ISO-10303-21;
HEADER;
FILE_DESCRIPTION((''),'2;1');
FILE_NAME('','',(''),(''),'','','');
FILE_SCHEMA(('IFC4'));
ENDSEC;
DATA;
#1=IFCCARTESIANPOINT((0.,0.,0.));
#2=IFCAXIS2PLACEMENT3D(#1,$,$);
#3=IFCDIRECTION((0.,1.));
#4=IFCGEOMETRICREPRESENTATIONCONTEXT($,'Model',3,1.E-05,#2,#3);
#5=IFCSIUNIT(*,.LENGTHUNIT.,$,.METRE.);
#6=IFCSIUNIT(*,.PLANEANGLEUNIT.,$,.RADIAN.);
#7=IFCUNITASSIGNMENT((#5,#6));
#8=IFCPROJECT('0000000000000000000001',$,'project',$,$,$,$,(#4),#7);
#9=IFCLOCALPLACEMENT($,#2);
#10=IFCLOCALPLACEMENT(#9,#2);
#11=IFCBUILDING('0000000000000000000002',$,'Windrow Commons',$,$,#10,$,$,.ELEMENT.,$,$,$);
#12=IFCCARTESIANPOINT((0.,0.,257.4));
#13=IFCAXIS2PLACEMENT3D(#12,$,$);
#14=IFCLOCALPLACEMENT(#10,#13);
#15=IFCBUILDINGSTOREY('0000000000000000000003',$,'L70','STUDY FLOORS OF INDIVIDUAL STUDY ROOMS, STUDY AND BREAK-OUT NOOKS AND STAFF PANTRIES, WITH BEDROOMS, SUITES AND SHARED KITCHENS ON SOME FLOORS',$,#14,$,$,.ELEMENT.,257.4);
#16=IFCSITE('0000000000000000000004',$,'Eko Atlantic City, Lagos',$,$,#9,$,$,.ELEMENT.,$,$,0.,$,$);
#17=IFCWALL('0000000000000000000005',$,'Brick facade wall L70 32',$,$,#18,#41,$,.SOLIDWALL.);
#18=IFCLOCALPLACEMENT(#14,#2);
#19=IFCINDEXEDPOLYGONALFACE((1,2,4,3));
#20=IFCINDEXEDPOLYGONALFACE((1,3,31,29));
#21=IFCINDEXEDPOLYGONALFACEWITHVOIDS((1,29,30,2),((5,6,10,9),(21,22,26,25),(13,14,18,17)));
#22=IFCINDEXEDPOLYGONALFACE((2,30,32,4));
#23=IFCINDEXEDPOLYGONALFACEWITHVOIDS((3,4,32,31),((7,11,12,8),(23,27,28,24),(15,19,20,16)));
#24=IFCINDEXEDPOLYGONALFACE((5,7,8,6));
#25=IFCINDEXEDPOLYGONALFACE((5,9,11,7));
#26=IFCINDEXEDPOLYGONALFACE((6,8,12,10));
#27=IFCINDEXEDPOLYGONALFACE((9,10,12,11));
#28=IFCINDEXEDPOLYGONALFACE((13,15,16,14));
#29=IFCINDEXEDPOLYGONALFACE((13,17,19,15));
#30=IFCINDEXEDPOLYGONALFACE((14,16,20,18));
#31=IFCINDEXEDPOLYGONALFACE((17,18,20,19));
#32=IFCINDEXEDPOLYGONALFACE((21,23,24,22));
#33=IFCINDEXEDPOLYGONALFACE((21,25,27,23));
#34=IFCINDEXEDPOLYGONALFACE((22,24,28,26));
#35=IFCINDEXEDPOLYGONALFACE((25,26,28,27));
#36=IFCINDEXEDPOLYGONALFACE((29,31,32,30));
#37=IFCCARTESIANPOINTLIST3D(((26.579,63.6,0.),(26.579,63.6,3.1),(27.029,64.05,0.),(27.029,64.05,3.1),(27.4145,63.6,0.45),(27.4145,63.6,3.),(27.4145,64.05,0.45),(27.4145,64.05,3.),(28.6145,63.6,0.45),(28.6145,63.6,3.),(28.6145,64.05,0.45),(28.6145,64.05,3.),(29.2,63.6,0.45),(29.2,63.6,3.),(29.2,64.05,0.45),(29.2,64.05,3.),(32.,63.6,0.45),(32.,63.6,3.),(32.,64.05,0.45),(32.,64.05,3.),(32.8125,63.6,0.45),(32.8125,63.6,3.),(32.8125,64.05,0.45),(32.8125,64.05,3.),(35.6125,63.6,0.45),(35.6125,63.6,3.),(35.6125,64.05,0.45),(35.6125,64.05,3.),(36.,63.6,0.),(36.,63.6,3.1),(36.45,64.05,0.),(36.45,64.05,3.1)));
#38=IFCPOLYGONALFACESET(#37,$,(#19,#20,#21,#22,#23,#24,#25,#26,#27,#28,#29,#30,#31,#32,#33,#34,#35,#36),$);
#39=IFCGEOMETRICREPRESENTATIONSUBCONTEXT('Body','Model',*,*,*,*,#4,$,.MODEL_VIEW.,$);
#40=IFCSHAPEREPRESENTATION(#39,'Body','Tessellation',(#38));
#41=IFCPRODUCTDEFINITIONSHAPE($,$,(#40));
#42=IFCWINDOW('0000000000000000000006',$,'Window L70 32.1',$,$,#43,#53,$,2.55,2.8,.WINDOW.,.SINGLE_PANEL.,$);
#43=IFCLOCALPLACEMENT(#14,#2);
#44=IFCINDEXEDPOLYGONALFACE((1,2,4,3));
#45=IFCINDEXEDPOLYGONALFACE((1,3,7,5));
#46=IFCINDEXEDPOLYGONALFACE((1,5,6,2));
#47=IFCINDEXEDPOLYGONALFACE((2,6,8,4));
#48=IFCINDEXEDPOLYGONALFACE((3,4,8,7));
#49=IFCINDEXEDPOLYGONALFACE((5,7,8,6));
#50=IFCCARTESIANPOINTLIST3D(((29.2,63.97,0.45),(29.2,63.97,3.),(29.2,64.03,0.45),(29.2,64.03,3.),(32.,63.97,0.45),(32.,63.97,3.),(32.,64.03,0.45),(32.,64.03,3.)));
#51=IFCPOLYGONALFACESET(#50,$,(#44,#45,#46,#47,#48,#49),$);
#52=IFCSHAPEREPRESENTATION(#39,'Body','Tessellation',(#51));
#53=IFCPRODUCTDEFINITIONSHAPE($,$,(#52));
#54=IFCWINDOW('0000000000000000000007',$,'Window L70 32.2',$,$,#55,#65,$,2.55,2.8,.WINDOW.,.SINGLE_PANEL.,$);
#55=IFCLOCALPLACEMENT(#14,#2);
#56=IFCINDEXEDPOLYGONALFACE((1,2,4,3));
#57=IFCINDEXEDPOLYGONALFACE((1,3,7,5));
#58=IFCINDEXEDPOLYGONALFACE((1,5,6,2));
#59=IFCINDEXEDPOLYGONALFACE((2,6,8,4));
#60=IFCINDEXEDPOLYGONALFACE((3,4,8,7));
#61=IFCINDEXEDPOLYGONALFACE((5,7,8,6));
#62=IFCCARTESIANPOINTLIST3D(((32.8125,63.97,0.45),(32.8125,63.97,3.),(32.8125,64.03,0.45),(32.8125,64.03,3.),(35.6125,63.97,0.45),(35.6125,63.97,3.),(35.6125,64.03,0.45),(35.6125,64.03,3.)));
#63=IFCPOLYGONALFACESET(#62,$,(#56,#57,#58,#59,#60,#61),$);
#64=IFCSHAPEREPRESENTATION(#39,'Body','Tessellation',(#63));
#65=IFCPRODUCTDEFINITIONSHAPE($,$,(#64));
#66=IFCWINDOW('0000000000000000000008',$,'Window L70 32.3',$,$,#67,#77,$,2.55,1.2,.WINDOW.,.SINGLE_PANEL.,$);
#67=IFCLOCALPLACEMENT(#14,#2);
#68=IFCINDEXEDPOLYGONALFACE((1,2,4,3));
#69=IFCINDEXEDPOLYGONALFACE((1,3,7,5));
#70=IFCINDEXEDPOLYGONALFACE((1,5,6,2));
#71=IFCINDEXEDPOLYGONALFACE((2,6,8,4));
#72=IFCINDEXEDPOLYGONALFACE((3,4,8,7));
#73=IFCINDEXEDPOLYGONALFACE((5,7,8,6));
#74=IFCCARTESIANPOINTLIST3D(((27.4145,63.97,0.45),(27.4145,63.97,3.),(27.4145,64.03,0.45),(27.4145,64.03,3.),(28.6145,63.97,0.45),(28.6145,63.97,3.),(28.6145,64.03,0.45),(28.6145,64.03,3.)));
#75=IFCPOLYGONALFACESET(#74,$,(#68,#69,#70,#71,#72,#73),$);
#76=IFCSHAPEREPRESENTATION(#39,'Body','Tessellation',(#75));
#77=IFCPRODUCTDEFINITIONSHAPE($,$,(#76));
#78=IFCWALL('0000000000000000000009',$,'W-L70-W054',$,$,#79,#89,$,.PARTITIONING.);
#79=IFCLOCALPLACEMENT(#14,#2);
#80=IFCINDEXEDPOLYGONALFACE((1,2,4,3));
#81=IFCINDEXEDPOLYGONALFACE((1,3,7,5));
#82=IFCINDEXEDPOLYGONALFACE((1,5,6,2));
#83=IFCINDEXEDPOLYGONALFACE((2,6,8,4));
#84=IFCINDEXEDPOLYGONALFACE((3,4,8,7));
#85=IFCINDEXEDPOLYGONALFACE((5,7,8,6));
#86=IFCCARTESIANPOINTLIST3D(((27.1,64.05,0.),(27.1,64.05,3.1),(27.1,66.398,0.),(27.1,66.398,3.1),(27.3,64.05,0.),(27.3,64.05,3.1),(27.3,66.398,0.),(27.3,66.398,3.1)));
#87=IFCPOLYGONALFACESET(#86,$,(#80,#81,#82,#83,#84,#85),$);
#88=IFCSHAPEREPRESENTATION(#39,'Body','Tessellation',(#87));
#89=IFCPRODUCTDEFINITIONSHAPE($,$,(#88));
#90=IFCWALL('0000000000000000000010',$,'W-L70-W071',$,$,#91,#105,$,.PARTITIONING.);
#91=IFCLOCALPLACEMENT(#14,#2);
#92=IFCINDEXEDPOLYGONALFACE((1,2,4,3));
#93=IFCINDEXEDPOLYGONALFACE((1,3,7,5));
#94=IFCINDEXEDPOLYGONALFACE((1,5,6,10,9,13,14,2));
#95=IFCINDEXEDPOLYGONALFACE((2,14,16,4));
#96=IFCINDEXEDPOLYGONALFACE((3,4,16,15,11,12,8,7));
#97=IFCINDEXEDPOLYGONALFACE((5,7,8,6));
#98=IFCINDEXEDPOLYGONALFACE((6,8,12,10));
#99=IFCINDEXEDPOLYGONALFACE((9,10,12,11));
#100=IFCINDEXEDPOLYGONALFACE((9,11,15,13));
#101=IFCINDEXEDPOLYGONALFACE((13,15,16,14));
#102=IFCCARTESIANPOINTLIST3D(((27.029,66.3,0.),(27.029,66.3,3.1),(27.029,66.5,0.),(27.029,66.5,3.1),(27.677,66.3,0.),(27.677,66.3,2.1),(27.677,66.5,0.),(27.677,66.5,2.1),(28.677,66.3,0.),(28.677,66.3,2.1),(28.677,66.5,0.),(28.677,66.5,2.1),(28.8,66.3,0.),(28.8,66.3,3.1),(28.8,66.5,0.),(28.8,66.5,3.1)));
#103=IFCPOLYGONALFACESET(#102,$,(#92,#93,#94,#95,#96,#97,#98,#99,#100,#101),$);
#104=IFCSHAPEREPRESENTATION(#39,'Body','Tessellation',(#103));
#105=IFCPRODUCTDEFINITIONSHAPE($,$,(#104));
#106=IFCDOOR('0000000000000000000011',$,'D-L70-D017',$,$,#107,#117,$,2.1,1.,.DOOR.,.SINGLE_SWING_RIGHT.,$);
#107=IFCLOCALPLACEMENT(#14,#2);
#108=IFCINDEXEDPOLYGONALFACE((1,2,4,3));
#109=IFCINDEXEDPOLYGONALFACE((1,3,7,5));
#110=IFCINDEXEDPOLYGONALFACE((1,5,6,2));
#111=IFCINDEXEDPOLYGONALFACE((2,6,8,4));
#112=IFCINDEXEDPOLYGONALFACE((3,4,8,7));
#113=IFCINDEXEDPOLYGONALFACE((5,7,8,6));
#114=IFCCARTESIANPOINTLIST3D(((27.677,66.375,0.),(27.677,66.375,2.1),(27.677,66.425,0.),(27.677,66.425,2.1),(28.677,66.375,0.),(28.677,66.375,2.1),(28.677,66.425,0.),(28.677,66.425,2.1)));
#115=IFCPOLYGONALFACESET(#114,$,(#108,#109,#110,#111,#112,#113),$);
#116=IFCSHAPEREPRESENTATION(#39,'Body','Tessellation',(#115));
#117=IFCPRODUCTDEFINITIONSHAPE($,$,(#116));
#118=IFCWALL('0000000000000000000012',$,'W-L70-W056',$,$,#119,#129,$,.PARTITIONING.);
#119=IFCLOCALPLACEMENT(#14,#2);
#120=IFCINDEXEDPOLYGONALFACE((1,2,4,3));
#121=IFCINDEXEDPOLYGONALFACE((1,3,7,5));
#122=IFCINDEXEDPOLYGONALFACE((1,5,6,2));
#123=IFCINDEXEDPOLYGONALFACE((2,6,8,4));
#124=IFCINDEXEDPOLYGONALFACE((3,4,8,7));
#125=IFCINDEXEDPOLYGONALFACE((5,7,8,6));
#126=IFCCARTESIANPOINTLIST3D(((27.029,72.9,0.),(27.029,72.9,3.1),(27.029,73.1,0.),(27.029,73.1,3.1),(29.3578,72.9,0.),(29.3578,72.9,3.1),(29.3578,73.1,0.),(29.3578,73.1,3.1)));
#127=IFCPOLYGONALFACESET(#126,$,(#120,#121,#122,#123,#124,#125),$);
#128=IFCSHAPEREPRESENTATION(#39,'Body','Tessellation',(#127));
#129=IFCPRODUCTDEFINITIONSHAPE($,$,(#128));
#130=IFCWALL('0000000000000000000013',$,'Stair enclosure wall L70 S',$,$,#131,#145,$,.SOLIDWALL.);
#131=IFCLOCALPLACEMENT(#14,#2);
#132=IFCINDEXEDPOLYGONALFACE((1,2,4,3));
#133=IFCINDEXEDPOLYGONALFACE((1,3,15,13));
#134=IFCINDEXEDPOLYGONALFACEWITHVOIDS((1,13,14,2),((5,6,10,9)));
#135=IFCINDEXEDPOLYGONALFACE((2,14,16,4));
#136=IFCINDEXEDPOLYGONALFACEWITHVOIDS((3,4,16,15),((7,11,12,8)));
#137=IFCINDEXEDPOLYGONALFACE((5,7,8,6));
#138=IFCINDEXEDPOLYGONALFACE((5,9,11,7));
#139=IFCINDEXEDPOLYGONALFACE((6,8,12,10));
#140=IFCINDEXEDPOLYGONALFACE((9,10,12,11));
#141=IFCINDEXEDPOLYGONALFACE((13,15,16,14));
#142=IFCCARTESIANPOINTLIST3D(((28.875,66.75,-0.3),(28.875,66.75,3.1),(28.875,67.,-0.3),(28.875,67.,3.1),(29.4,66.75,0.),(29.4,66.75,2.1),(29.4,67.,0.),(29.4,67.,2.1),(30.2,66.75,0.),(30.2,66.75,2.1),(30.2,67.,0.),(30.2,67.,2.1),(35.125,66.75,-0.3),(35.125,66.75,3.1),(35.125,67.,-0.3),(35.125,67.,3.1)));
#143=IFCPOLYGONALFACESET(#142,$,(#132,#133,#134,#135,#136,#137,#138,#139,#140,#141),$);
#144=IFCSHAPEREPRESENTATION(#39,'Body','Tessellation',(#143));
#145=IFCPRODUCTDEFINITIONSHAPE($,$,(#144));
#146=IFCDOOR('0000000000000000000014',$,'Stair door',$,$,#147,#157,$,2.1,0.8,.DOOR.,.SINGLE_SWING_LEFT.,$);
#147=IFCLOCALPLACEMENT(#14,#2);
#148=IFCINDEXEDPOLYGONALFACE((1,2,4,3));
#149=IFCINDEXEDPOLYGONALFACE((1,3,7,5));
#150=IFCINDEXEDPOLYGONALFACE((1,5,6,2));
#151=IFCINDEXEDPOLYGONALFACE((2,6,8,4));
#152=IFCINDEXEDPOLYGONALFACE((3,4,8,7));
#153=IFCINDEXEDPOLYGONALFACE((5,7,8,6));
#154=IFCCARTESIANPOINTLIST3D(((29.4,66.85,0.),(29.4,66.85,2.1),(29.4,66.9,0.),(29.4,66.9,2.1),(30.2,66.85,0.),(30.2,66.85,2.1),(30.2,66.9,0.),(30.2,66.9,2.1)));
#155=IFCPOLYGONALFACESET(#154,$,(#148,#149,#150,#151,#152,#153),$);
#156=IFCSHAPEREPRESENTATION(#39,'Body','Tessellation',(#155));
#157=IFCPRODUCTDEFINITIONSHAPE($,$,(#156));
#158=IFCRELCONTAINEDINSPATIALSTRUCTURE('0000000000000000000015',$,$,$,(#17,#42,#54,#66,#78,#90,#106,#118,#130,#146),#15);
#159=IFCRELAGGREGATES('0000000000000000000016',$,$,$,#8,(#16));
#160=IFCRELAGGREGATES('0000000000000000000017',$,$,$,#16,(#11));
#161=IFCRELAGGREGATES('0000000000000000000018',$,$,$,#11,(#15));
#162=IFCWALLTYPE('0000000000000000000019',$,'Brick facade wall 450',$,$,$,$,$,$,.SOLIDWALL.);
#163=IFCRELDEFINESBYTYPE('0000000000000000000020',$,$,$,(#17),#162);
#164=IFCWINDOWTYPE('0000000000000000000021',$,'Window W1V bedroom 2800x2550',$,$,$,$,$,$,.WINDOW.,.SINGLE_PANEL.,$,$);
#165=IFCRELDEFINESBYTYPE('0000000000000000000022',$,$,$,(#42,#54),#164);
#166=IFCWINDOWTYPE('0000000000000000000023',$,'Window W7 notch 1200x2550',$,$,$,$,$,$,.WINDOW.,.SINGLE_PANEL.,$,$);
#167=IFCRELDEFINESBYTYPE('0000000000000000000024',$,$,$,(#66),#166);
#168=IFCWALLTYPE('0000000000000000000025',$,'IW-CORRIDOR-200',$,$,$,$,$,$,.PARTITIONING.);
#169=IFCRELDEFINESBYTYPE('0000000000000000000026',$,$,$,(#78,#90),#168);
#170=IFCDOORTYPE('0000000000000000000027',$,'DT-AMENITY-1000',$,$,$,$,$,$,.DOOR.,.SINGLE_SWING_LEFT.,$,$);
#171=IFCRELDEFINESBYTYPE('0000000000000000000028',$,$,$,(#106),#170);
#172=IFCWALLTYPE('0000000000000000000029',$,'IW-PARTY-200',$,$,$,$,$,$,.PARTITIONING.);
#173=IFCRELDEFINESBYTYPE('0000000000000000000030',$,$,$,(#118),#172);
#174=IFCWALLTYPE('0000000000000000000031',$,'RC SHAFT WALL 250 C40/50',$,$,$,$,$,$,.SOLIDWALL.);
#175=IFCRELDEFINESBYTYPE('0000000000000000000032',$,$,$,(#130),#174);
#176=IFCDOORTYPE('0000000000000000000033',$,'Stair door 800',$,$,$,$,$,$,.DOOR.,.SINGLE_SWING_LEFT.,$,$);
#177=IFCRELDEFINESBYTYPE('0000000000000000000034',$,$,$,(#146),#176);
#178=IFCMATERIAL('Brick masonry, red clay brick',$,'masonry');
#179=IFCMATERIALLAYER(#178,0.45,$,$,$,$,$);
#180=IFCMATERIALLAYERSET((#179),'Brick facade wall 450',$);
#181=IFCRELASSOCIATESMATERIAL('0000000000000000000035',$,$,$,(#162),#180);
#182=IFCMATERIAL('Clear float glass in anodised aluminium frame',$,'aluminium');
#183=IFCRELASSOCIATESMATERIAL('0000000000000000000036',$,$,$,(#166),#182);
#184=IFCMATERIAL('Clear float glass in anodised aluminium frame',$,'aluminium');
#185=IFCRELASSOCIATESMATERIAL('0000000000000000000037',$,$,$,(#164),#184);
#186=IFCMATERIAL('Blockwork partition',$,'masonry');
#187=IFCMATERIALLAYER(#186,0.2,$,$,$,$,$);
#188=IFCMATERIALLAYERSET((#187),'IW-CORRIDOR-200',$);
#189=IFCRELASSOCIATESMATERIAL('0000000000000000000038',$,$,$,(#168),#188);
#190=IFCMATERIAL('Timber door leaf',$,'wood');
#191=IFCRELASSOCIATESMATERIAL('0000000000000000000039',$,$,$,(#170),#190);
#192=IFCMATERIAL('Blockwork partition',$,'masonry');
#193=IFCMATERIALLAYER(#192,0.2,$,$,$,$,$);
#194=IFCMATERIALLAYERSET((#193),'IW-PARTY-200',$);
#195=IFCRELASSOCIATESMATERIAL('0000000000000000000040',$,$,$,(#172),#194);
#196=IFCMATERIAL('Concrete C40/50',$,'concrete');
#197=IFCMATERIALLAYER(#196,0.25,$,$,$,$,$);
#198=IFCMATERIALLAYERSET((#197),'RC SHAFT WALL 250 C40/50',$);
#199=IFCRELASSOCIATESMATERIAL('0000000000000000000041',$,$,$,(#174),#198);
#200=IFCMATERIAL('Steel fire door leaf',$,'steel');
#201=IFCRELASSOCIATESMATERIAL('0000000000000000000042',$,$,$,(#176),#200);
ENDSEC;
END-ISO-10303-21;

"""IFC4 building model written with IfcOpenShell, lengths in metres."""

from ifc_helpers import new_model, si_unit, direction, frame, frame_2d, origin, place, context, subcontext, project, spatial, polyline, rectangle, outline, extrude, material, layer, layer_set, type_object, element, fill, save


model = new_model("IFC4")

# Units and contexts
model_context = context("Model", 3, precision=1e-05, world=origin(), true_north=direction((0.0, 1.0)))
body_context = subcontext(model_context, "Body", "Model", "MODEL_VIEW")
ifc_project = project(units=[si_unit("LENGTHUNIT", "METRE"), si_unit("PLANEANGLEUNIT", "RADIAN")], contexts=[model_context])

# Site, building, storey
site_placement = place(None, origin())
site = spatial("IfcSite", under=ifc_project, at=site_placement, Name="Eko Atlantic City, Lagos", CompositionType="ELEMENT", RefElevation=0.0)
building_placement = place(site_placement, origin())
building = spatial("IfcBuilding", under=site, at=building_placement, Name="Windrow Commons", CompositionType="ELEMENT")
storey_placement = place(building_placement, frame((0.0, 0.0, 257.4)))
storey = spatial("IfcBuildingStorey", under=building, at=storey_placement, Name="L70", Description="STUDY FLOORS OF INDIVIDUAL STUDY ROOMS, STUDY AND BREAK-OUT NOOKS AND STAFF PANTRIES, WITH BEDROOMS, SUITES AND SHARED KITCHENS ON SOME FLOORS", CompositionType="ELEMENT", Elevation=257.4)

# Shared definitions
ifc_material_1 = material(Name="Brick masonry, red clay brick", Category="masonry")
ifc_layer_1 = layer(ifc_material_1, 0.45)
ifc_layer_set_1 = layer_set([ifc_layer_1], Name="Brick facade wall 450")
wall_type_1 = type_object("IfcWallType", Name="Brick facade wall 450", PredefinedType="SOLIDWALL", material=ifc_layer_set_1)
ifc_material_2 = material(Name="Clear float glass in anodised aluminium frame", Category="aluminium")
window_type_1 = type_object("IfcWindowType", Name="Window W7 notch 1200x2550", PartitioningType="SINGLE_PANEL", PredefinedType="WINDOW", material=ifc_material_2)

# Wall, openings, windows
ifc_material_3 = material(Name="Clear float glass in anodised aluminium frame", Category="aluminium")
window_type_2 = type_object("IfcWindowType", Name="Window W1V bedroom 2800x2550", PartitioningType="SINGLE_PANEL", PredefinedType="WINDOW", material=ifc_material_3)
wall_1_placement = place(storey_placement, frame((26.804, 63.825, 0.0), z_axis=(0.0, 0.0, 1.0), x_axis=(1.0, 0.0, 0.0)))
wall_1 = element("IfcWall", 1, at=wall_1_placement, inside=storey, type_object=wall_type_1, Name="Brick facade wall L70 32", PredefinedType="SOLIDWALL", context=body_context, shape_type="SweptSolid", body=[
    extrude(outline(polyline([(-0.225, -0.225), (9.196, -0.225), (9.646, 0.225), (0.225, 0.225), (-0.225, -0.225)])), origin(), (0.0, 0.0, 1.0), 3.1),
])
opening_1_placement = place(wall_1_placement, frame((2.396, 0.0, 0.45)))
opening_1 = element("IfcOpeningElement", 2, at=opening_1_placement, cuts=wall_1, PredefinedType="OPENING", context=body_context, shape_type="SweptSolid", body=[
    extrude(rectangle(XDim=2.8, YDim=2.55, at=frame_2d((1.4, 1.275))), frame((0.0, 0.235, 0.0), z_axis=(0.0, -1.0, 0.0), x_axis=(1.0, 0.0, 0.0)), (0.0, 0.0, 1.0), 0.47),
])
opening_2_placement = place(wall_1_placement, frame((6.0085, 0.0, 0.45)))
opening_2 = element("IfcOpeningElement", 3, at=opening_2_placement, cuts=wall_1, PredefinedType="OPENING", context=body_context, shape_type="SweptSolid", body=[
    extrude(rectangle(XDim=2.8, YDim=2.55, at=frame_2d((1.4, 1.275))), frame((0.0, 0.235, 0.0), z_axis=(0.0, -1.0, 0.0), x_axis=(1.0, 0.0, 0.0)), (0.0, 0.0, 1.0), 0.47),
])
opening_3_placement = place(wall_1_placement, frame((0.6105, 0.0, 0.45)))
opening_3 = element("IfcOpeningElement", 4, at=opening_3_placement, cuts=wall_1, PredefinedType="OPENING", context=body_context, shape_type="SweptSolid", body=[
    extrude(rectangle(XDim=1.2, YDim=2.55, at=frame_2d((0.6, 1.275))), frame((0.0, 0.235, 0.0), z_axis=(0.0, -1.0, 0.0), x_axis=(1.0, 0.0, 0.0)), (0.0, 0.0, 1.0), 0.47),
])
window_1_placement = place(opening_1_placement, origin())
window_1 = element("IfcWindow", 5, at=window_1_placement, inside=storey, type_object=window_type_2, Name="Window L70 32.1", OverallHeight=2.55, OverallWidth=2.8, PartitioningType="SINGLE_PANEL", PredefinedType="WINDOW", context=body_context, shape_type="SweptSolid", body=[
    extrude(rectangle(XDim=2.8, YDim=2.55, at=frame_2d((1.4, 1.275))), frame((0.0, 0.205, 0.0), z_axis=(0.0, -1.0, 0.0), x_axis=(1.0, 0.0, 0.0)), (0.0, 0.0, 1.0), 0.06),
])
fill(opening_1, window_1)
window_2_placement = place(opening_2_placement, origin())
window_2 = element("IfcWindow", 6, at=window_2_placement, inside=storey, type_object=window_type_2, Name="Window L70 32.2", OverallHeight=2.55, OverallWidth=2.8, PartitioningType="SINGLE_PANEL", PredefinedType="WINDOW", context=body_context, shape_type="SweptSolid", body=[
    extrude(rectangle(XDim=2.8, YDim=2.55, at=frame_2d((1.4, 1.275))), frame((0.0, 0.205, 0.0), z_axis=(0.0, -1.0, 0.0), x_axis=(1.0, 0.0, 0.0)), (0.0, 0.0, 1.0), 0.06),
])
fill(opening_2, window_2)
window_3_placement = place(opening_3_placement, origin())
window_3 = element("IfcWindow", 7, at=window_3_placement, inside=storey, type_object=window_type_1, Name="Window L70 32.3", OverallHeight=2.55, OverallWidth=1.2, PartitioningType="SINGLE_PANEL", PredefinedType="WINDOW", context=body_context, shape_type="SweptSolid", body=[
    extrude(rectangle(XDim=1.2, YDim=2.55, at=frame_2d((0.6, 1.275))), frame((0.0, 0.205, 0.0), z_axis=(0.0, -1.0, 0.0), x_axis=(1.0, 0.0, 0.0)), (0.0, 0.0, 1.0), 0.06),
])
fill(opening_3, window_3)

# Wall
ifc_material_4 = material(Name="Blockwork partition", Category="masonry")
ifc_layer_2 = layer(ifc_material_4, 0.2)
ifc_layer_set_2 = layer_set([ifc_layer_2], Name="IW-CORRIDOR-200")
wall_type_2 = type_object("IfcWallType", Name="IW-CORRIDOR-200", PredefinedType="PARTITIONING", material=ifc_layer_set_2)
wall_2_placement = place(storey_placement, frame((27.2, 64.05, 0.0), z_axis=(0.0, 0.0, 1.0), x_axis=(0.0, 1.0, 0.0)))
element("IfcWall", 8, at=wall_2_placement, inside=storey, type_object=wall_type_2, Name="W-L70-W054", PredefinedType="PARTITIONING", context=body_context, shape_type="SweptSolid", body=[
    extrude(rectangle(XDim=2.348, YDim=0.2, at=frame_2d((1.174, 0.0))), origin(), (0.0, 0.0, 1.0), 3.1),
])

# Wall, opening, door
wall_3_placement = place(storey_placement, frame((27.029, 66.4, 0.0), z_axis=(0.0, 0.0, 1.0), x_axis=(1.0, 0.0, 0.0)))
wall_3 = element("IfcWall", 9, at=wall_3_placement, inside=storey, type_object=wall_type_2, Name="W-L70-W071", PredefinedType="PARTITIONING", context=body_context, shape_type="SweptSolid", body=[
    extrude(rectangle(XDim=1.771, YDim=0.2, at=frame_2d((0.8855, 0.0))), origin(), (0.0, 0.0, 1.0), 3.1),
])
opening_4_placement = place(wall_3_placement, frame((0.648, 0.0, 0.0)))
opening_4 = element("IfcOpeningElement", 10, at=opening_4_placement, cuts=wall_3, PredefinedType="OPENING", context=body_context, shape_type="SweptSolid", body=[
    extrude(rectangle(XDim=1.0, YDim=2.1, at=frame_2d((0.5, 1.05))), frame((0.0, 0.11, 0.0), z_axis=(0.0, -1.0, 0.0), x_axis=(1.0, 0.0, 0.0)), (0.0, 0.0, 1.0), 0.22),
])
ifc_material_5 = material(Name="Timber door leaf", Category="wood")
door_type_1 = type_object("IfcDoorType", Name="DT-AMENITY-1000", OperationType="SINGLE_SWING_LEFT", PredefinedType="DOOR", material=ifc_material_5)
door_1_placement = place(opening_4_placement, origin())
door_1 = element("IfcDoor", 11, at=door_1_placement, inside=storey, type_object=door_type_1, Name="D-L70-D017", OperationType="SINGLE_SWING_RIGHT", OverallHeight=2.1, OverallWidth=1.0, PredefinedType="DOOR", context=body_context, shape_type="SweptSolid", body=[
    extrude(rectangle(XDim=1.0, YDim=2.1, at=frame_2d((0.5, 1.05))), frame((0.0, 0.025, 0.0), z_axis=(0.0, -1.0, 0.0), x_axis=(1.0, 0.0, 0.0)), (0.0, 0.0, 1.0), 0.05),
])
fill(opening_4, door_1)

# Wall
ifc_material_6 = material(Name="Blockwork partition", Category="masonry")
ifc_layer_3 = layer(ifc_material_6, 0.2)
ifc_layer_set_3 = layer_set([ifc_layer_3], Name="IW-PARTY-200")
wall_type_3 = type_object("IfcWallType", Name="IW-PARTY-200", PredefinedType="PARTITIONING", material=ifc_layer_set_3)
wall_4_placement = place(storey_placement, frame((27.029, 73.0, 0.0), z_axis=(0.0, 0.0, 1.0), x_axis=(1.0, 0.0, 0.0)))
element("IfcWall", 12, at=wall_4_placement, inside=storey, type_object=wall_type_3, Name="W-L70-W056", PredefinedType="PARTITIONING", context=body_context, shape_type="SweptSolid", body=[
    extrude(rectangle(XDim=2.3289, YDim=0.2, at=frame_2d((1.1644, 0.0))), origin(), (0.0, 0.0, 1.0), 3.1),
])

# Wall, opening, door
ifc_material_7 = material(Name="Concrete C40/50", Category="concrete")
ifc_layer_4 = layer(ifc_material_7, 0.25)
ifc_layer_set_4 = layer_set([ifc_layer_4], Name="RC SHAFT WALL 250 C40/50")
wall_type_4 = type_object("IfcWallType", Name="RC SHAFT WALL 250 C40/50", PredefinedType="SOLIDWALL", material=ifc_layer_set_4)
wall_5_placement = place(storey_placement, frame((28.875, 66.875, -0.3), z_axis=(0.0, 0.0, 1.0), x_axis=(1.0, 0.0, 0.0)))
wall_5 = element("IfcWall", 13, at=wall_5_placement, inside=storey, type_object=wall_type_4, Name="Stair enclosure wall L70 S", PredefinedType="SOLIDWALL", context=body_context, shape_type="SweptSolid", body=[
    extrude(rectangle(XDim=6.25, YDim=0.25, at=frame_2d((3.125, 0.0))), origin(), (0.0, 0.0, 1.0), 3.4),
])
opening_5_placement = place(wall_5_placement, frame((0.525, 0.0, 0.3)))
opening_5 = element("IfcOpeningElement", 14, at=opening_5_placement, cuts=wall_5, PredefinedType="OPENING", context=body_context, shape_type="SweptSolid", body=[
    extrude(rectangle(XDim=0.8, YDim=2.1, at=frame_2d((0.4, 1.05))), frame((0.0, 0.135, 0.0), z_axis=(0.0, -1.0, 0.0), x_axis=(1.0, 0.0, 0.0)), (0.0, 0.0, 1.0), 0.27),
])
ifc_material_8 = material(Name="Steel fire door leaf", Category="steel")
door_type_2 = type_object("IfcDoorType", Name="Stair door 800", OperationType="SINGLE_SWING_LEFT", PredefinedType="DOOR", material=ifc_material_8)
door_2_placement = place(opening_5_placement, origin())
door_2 = element("IfcDoor", 15, at=door_2_placement, inside=storey, type_object=door_type_2, Name="Stair door", OperationType="SINGLE_SWING_LEFT", OverallHeight=2.1, OverallWidth=0.8, PredefinedType="DOOR", context=body_context, shape_type="SweptSolid", body=[
    extrude(rectangle(XDim=0.8, YDim=2.1, at=frame_2d((0.4, 1.05))), frame((0.0, 0.025, 0.0), z_axis=(0.0, -1.0, 0.0), x_axis=(1.0, 0.0, 0.0)), (0.0, 0.0, 1.0), 0.05),
])
fill(opening_5, door_2)

save(model, "model.ifc")
